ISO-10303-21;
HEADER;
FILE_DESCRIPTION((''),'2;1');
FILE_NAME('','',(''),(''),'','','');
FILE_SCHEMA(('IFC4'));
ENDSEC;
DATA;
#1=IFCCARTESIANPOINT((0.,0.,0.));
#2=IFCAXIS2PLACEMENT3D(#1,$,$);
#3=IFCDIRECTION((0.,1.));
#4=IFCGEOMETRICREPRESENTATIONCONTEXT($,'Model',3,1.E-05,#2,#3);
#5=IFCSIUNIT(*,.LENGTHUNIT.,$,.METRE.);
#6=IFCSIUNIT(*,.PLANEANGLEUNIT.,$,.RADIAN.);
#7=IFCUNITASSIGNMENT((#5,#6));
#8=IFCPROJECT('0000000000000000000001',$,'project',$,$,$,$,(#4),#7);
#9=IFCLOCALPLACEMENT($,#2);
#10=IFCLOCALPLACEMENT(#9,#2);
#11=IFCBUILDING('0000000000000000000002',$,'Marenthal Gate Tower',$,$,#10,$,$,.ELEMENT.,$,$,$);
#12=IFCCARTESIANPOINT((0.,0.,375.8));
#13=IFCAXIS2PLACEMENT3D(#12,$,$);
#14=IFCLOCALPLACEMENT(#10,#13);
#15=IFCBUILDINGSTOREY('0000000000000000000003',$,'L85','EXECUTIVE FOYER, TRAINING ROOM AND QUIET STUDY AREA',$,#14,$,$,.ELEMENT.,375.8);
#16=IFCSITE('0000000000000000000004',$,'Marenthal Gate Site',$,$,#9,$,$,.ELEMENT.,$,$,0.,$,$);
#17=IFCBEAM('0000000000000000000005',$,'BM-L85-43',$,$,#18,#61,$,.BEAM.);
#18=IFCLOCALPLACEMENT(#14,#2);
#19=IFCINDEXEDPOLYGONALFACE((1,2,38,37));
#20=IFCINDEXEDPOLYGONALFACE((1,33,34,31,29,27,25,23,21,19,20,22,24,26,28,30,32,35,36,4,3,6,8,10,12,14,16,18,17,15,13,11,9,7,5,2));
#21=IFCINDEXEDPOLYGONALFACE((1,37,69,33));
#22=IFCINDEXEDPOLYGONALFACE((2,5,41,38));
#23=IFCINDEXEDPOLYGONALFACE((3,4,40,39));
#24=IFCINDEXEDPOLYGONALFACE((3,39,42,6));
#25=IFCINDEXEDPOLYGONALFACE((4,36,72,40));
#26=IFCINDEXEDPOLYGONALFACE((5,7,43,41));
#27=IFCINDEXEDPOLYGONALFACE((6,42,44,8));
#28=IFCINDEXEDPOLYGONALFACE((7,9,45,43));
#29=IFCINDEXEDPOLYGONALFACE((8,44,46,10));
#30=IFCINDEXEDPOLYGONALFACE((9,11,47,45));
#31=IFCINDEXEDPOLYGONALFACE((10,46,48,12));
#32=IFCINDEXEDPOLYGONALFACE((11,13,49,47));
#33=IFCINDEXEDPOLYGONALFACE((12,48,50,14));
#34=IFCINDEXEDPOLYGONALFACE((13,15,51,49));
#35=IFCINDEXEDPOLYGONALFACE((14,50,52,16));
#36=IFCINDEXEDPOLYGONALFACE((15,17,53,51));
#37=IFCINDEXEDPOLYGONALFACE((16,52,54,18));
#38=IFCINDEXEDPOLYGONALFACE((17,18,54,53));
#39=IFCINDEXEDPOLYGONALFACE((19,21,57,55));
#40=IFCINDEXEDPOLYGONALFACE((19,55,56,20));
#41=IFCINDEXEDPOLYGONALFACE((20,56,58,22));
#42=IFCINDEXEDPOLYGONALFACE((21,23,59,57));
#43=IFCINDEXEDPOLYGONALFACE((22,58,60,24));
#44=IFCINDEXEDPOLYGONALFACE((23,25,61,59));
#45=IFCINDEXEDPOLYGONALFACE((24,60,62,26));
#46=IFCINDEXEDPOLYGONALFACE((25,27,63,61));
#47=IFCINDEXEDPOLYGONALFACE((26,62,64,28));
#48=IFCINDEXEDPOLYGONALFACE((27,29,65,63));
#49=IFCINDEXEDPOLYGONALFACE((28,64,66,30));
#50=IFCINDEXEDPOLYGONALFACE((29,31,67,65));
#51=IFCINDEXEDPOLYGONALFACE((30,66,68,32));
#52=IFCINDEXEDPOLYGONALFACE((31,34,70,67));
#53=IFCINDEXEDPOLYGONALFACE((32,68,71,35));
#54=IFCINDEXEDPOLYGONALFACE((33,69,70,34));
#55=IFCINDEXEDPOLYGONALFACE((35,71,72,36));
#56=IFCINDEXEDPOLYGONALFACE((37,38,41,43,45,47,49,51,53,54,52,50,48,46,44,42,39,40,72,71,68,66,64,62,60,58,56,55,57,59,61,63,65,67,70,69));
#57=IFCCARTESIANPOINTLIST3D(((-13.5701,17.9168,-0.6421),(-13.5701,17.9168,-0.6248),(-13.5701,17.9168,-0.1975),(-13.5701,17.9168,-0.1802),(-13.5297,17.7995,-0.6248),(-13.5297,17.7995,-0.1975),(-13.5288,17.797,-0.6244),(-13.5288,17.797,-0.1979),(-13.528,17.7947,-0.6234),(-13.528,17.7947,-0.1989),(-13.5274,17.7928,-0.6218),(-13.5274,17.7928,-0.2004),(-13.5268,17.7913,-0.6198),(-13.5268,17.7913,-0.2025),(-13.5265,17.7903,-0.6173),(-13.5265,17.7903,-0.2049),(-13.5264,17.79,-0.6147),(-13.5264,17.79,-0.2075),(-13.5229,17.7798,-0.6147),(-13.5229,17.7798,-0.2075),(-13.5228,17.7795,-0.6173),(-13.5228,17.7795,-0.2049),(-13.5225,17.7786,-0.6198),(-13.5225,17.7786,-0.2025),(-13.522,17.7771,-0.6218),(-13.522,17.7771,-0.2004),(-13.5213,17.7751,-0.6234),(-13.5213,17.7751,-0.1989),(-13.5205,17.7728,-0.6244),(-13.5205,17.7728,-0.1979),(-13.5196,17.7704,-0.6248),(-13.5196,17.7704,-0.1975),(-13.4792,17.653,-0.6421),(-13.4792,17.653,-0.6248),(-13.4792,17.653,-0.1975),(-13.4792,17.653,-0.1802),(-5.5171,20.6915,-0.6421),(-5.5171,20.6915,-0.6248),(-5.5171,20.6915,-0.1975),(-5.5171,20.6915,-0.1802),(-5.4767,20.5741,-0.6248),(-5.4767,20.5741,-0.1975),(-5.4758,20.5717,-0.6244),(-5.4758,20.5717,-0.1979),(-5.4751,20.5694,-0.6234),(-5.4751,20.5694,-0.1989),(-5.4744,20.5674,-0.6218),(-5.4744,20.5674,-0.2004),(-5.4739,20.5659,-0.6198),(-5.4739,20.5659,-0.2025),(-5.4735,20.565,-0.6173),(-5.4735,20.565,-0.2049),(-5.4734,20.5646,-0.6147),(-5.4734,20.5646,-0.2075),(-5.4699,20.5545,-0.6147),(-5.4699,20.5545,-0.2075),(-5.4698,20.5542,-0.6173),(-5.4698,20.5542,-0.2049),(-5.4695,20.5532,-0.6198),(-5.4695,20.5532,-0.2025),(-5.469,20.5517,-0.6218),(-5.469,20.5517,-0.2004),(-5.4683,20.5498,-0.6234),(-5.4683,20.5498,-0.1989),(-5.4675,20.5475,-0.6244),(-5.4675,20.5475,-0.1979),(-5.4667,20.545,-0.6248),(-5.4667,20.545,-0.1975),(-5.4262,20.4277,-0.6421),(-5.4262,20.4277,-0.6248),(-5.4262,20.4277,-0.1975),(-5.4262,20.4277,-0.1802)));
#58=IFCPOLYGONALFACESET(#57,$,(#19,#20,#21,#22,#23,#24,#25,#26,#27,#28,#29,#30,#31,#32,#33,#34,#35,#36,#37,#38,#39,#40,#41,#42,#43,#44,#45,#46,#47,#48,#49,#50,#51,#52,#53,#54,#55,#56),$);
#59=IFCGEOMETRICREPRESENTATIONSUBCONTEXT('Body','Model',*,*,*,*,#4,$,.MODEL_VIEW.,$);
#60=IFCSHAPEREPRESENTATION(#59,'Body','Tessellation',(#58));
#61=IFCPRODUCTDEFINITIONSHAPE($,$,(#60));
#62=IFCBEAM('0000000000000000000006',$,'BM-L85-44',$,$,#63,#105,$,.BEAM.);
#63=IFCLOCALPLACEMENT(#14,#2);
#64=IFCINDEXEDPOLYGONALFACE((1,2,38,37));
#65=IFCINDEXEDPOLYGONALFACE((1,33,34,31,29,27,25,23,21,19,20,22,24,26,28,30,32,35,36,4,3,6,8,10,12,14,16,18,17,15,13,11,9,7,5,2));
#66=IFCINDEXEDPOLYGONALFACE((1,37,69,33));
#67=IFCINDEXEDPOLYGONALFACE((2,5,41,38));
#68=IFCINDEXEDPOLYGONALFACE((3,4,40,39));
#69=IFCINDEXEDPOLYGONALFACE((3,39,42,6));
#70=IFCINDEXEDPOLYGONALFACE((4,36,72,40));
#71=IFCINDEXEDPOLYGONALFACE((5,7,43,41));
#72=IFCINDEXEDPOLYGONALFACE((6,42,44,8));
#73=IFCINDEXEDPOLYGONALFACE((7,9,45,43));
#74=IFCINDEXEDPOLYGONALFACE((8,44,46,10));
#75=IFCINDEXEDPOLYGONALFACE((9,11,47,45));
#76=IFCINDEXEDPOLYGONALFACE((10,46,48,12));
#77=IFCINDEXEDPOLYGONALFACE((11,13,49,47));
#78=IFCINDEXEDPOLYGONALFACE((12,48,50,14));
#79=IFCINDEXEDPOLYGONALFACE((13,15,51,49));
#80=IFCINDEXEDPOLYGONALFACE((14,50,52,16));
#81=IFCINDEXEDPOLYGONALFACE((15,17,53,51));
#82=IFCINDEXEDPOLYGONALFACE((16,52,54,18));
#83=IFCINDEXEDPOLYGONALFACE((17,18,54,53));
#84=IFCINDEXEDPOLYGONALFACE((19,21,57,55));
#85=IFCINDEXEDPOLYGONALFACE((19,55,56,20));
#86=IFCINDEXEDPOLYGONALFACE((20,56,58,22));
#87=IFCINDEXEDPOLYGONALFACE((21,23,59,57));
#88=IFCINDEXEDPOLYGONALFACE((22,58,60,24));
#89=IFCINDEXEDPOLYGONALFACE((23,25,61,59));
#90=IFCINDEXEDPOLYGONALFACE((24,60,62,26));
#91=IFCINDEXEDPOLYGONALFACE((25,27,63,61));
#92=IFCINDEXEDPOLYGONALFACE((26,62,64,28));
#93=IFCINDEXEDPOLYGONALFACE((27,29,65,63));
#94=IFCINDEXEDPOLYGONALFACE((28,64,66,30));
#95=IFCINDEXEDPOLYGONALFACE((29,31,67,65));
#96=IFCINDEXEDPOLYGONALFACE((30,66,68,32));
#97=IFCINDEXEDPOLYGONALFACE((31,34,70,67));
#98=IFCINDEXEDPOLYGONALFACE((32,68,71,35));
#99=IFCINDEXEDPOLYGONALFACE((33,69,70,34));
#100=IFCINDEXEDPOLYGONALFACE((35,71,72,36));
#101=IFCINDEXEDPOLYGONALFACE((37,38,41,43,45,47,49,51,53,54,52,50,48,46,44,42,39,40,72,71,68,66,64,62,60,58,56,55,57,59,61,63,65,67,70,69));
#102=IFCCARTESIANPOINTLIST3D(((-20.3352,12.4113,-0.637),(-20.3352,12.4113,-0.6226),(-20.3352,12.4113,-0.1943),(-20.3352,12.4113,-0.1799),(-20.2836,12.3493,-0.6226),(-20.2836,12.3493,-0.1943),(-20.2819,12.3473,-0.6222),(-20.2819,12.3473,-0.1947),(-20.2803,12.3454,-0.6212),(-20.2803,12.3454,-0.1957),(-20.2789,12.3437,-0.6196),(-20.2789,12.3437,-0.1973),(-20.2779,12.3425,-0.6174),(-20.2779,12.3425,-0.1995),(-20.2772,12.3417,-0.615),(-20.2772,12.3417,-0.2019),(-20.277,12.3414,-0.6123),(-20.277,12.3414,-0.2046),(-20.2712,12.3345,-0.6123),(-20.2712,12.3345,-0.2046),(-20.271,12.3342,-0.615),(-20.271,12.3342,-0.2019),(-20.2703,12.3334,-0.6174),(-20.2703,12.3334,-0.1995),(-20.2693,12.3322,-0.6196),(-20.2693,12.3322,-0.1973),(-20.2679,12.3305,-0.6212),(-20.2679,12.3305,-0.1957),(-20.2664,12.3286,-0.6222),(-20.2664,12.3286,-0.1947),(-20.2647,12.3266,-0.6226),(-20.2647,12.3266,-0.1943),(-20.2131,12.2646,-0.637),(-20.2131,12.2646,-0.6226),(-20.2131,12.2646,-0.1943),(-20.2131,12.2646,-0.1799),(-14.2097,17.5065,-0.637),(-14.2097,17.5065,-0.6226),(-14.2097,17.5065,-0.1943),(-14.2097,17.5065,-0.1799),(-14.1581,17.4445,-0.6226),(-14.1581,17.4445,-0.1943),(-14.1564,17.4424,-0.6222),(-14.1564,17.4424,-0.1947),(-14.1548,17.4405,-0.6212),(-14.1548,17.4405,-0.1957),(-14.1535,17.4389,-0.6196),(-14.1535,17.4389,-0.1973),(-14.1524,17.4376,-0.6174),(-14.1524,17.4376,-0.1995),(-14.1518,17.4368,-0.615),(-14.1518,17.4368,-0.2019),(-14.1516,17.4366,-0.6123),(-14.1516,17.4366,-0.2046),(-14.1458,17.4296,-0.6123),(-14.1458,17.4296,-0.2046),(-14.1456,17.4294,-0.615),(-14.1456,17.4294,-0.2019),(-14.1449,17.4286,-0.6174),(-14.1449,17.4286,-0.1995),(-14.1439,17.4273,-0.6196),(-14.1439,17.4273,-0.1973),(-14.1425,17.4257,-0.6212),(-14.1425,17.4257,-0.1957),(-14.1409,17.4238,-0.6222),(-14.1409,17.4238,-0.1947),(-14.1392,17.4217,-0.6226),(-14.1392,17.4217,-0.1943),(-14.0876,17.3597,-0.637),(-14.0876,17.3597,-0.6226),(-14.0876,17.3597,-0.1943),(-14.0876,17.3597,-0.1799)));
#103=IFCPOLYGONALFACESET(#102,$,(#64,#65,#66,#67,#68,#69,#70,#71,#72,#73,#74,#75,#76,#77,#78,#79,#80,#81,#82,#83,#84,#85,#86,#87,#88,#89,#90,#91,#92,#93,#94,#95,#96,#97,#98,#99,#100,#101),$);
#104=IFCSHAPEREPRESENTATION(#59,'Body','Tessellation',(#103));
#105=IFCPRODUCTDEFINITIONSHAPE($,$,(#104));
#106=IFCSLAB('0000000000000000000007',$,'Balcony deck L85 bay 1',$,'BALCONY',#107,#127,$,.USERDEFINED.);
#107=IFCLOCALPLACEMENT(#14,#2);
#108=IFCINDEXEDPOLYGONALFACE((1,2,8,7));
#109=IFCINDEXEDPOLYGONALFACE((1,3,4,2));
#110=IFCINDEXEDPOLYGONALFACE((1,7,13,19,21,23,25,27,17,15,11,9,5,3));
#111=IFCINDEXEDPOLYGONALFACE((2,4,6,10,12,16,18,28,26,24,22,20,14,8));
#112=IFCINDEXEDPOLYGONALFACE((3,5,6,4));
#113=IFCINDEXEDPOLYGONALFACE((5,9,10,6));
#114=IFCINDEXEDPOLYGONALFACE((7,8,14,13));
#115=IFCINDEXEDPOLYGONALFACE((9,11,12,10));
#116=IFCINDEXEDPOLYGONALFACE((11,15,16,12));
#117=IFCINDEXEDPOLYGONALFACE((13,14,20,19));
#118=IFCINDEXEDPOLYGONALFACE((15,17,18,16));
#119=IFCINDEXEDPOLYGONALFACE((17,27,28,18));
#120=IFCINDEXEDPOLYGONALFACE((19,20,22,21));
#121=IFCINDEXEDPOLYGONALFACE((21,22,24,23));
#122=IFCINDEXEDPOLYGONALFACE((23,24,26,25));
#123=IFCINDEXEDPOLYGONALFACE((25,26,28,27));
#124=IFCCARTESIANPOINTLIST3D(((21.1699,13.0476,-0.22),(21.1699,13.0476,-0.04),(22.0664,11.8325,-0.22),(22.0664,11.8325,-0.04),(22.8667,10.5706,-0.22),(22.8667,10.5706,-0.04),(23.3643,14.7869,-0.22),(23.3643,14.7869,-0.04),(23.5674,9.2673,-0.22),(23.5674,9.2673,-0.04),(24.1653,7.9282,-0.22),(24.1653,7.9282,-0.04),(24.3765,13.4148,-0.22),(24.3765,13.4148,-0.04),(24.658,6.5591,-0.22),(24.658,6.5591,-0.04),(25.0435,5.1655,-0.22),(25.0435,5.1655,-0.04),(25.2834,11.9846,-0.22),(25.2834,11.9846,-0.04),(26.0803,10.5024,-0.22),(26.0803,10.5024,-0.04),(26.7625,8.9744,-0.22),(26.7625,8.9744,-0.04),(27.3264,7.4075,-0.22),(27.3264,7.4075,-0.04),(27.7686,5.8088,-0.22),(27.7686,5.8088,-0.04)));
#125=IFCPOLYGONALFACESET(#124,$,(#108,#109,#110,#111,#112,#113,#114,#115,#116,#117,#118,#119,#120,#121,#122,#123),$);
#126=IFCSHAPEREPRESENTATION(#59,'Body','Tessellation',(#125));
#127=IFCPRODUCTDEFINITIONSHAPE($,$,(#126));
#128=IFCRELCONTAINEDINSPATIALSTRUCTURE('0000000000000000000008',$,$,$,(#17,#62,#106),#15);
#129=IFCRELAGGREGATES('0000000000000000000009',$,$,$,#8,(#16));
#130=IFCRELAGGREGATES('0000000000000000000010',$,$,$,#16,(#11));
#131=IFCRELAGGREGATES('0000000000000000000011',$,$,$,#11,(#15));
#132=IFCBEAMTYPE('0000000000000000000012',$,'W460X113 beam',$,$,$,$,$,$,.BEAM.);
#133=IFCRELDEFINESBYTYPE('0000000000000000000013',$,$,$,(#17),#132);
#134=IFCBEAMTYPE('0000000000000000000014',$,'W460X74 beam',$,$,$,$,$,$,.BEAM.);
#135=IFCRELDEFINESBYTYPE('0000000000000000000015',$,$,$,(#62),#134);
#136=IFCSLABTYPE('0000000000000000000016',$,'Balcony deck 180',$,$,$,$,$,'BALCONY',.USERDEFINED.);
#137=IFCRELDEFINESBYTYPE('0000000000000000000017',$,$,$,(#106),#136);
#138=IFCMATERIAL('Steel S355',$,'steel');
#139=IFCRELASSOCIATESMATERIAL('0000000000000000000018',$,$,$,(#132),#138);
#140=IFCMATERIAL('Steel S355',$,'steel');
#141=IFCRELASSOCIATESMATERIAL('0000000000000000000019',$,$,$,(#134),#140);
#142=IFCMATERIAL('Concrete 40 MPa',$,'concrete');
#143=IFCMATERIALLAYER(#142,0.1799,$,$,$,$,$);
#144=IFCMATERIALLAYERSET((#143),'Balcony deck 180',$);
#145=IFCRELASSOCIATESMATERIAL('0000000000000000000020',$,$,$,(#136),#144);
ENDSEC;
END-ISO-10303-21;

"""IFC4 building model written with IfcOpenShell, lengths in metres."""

from ifc_helpers import new_model, si_unit, direction, frame, origin, origin_2d, place, context, subcontext, project, spatial, polyline, i_section, outline, extrude, material, layer, layer_set, material_profile, profile_set, type_object, element, save


model = new_model("IFC4")

# Units and contexts
model_context = context("Model", 3, precision=1e-05, world=origin(), true_north=direction((0.0, 1.0)))
body_context = subcontext(model_context, "Body", "Model", "MODEL_VIEW")
ifc_project = project(units=[si_unit("LENGTHUNIT", "METRE"), si_unit("PLANEANGLEUNIT", "RADIAN")], contexts=[model_context])

# Site, building, storey
site_placement = place(None, origin())
site = spatial("IfcSite", under=ifc_project, at=site_placement, Name="Marenthal Gate Site", CompositionType="ELEMENT", RefElevation=0.0)
building_placement = place(site_placement, origin())
building = spatial("IfcBuilding", under=site, at=building_placement, Name="Marenthal Gate Tower", CompositionType="ELEMENT")
storey_placement = place(building_placement, frame((0.0, 0.0, 375.8)))
storey = spatial("IfcBuildingStorey", under=building, at=storey_placement, Name="L85", Description="EXECUTIVE FOYER, TRAINING ROOM AND QUIET STUDY AREA", CompositionType="ELEMENT", Elevation=375.8)

# Beams
ifc_material_1 = material(Name="Steel S355", Category="steel")
ifc_material_profile_1 = material_profile(ifc_material_1, i_section(OverallWidth=0.2791, OverallDepth=0.4619, WebThickness=0.0107, FlangeThickness=0.0173, FilletRadius=0.01, at=origin_2d()), Name="W460X113")
ifc_profile_set_1 = profile_set([ifc_material_profile_1], Name="Steel S355")
beam_type_1 = type_object("IfcBeamType", Name="W460X113 beam", PredefinedType="BEAM", material=ifc_profile_set_1)
beam_1_placement = place(storey_placement, frame((-5.4717, 20.5596, -0.4111), z_axis=(-0.945454, -0.325757, 0.0), x_axis=(0.325757, -0.945454, 0.0)))
element("IfcBeam", 1, at=beam_1_placement, inside=storey, type_object=beam_type_1, Name="BM-L85-43", PredefinedType="BEAM", context=body_context, shape_type="SweptSolid", body=[
    extrude(i_section(OverallWidth=0.2791, OverallDepth=0.4619, WebThickness=0.0107, FlangeThickness=0.0173, FilletRadius=0.01, at=origin_2d()), origin(), (0.0, 0.0, 1.0), 8.5176),
])
ifc_material_2 = material(Name="Steel S355", Category="steel")
ifc_material_profile_2 = material_profile(ifc_material_2, i_section(OverallWidth=0.1909, OverallDepth=0.457, WebThickness=0.009, FlangeThickness=0.0144, FilletRadius=0.0103, at=origin_2d()), Name="W460X74")
ifc_profile_set_2 = profile_set([ifc_material_profile_2], Name="Steel S355")
beam_type_2 = type_object("IfcBeamType", Name="W460X74 beam", PredefinedType="BEAM", material=ifc_profile_set_2)
beam_2_placement = place(storey_placement, frame((-14.1487, 17.4331, -0.4084), z_axis=(-0.768799, -0.639491, 0.0), x_axis=(0.639491, -0.768799, 0.0)))
element("IfcBeam", 2, at=beam_2_placement, inside=storey, type_object=beam_type_2, Name="BM-L85-44", PredefinedType="BEAM", context=body_context, shape_type="SweptSolid", body=[
    extrude(i_section(OverallWidth=0.1909, OverallDepth=0.457, WebThickness=0.009, FlangeThickness=0.0144, FilletRadius=0.0103, at=origin_2d()), origin(), (0.0, 0.0, 1.0), 7.9675),
])

# Slab
ifc_material_3 = material(Name="Concrete 40 MPa", Category="concrete")
ifc_layer_1 = layer(ifc_material_3, 0.1799)
ifc_layer_set_1 = layer_set([ifc_layer_1], Name="Balcony deck 180")
slab_type_1 = type_object("IfcSlabType", Name="Balcony deck 180", ElementType="BALCONY", PredefinedType="USERDEFINED", material=ifc_layer_set_1)
slab_1_placement = place(storey_placement, frame((0.0, 0.0, -0.22)))
element("IfcSlab", 3, at=slab_1_placement, inside=storey, type_object=slab_type_1, Name="Balcony deck L85 bay 1", ObjectType="BALCONY", PredefinedType="USERDEFINED", context=body_context, shape_type="SweptSolid", body=[
    extrude(outline(polyline([(25.0435, 5.1655), (24.658, 6.5591), (24.1653, 7.9282), (23.5674, 9.2673), (22.8667, 10.5706), (22.0664, 11.8325), (21.1699, 13.0476), (23.3643, 14.7869), (24.3765, 13.4148), (25.2834, 11.9846), (26.0803, 10.5024), (26.7625, 8.9744), (27.3264, 7.4075), (27.7686, 5.8088), (25.0435, 5.1655)])), origin(), (0.0, 0.0, 1.0), 0.1799),
])

save(model, "model.ifc")
